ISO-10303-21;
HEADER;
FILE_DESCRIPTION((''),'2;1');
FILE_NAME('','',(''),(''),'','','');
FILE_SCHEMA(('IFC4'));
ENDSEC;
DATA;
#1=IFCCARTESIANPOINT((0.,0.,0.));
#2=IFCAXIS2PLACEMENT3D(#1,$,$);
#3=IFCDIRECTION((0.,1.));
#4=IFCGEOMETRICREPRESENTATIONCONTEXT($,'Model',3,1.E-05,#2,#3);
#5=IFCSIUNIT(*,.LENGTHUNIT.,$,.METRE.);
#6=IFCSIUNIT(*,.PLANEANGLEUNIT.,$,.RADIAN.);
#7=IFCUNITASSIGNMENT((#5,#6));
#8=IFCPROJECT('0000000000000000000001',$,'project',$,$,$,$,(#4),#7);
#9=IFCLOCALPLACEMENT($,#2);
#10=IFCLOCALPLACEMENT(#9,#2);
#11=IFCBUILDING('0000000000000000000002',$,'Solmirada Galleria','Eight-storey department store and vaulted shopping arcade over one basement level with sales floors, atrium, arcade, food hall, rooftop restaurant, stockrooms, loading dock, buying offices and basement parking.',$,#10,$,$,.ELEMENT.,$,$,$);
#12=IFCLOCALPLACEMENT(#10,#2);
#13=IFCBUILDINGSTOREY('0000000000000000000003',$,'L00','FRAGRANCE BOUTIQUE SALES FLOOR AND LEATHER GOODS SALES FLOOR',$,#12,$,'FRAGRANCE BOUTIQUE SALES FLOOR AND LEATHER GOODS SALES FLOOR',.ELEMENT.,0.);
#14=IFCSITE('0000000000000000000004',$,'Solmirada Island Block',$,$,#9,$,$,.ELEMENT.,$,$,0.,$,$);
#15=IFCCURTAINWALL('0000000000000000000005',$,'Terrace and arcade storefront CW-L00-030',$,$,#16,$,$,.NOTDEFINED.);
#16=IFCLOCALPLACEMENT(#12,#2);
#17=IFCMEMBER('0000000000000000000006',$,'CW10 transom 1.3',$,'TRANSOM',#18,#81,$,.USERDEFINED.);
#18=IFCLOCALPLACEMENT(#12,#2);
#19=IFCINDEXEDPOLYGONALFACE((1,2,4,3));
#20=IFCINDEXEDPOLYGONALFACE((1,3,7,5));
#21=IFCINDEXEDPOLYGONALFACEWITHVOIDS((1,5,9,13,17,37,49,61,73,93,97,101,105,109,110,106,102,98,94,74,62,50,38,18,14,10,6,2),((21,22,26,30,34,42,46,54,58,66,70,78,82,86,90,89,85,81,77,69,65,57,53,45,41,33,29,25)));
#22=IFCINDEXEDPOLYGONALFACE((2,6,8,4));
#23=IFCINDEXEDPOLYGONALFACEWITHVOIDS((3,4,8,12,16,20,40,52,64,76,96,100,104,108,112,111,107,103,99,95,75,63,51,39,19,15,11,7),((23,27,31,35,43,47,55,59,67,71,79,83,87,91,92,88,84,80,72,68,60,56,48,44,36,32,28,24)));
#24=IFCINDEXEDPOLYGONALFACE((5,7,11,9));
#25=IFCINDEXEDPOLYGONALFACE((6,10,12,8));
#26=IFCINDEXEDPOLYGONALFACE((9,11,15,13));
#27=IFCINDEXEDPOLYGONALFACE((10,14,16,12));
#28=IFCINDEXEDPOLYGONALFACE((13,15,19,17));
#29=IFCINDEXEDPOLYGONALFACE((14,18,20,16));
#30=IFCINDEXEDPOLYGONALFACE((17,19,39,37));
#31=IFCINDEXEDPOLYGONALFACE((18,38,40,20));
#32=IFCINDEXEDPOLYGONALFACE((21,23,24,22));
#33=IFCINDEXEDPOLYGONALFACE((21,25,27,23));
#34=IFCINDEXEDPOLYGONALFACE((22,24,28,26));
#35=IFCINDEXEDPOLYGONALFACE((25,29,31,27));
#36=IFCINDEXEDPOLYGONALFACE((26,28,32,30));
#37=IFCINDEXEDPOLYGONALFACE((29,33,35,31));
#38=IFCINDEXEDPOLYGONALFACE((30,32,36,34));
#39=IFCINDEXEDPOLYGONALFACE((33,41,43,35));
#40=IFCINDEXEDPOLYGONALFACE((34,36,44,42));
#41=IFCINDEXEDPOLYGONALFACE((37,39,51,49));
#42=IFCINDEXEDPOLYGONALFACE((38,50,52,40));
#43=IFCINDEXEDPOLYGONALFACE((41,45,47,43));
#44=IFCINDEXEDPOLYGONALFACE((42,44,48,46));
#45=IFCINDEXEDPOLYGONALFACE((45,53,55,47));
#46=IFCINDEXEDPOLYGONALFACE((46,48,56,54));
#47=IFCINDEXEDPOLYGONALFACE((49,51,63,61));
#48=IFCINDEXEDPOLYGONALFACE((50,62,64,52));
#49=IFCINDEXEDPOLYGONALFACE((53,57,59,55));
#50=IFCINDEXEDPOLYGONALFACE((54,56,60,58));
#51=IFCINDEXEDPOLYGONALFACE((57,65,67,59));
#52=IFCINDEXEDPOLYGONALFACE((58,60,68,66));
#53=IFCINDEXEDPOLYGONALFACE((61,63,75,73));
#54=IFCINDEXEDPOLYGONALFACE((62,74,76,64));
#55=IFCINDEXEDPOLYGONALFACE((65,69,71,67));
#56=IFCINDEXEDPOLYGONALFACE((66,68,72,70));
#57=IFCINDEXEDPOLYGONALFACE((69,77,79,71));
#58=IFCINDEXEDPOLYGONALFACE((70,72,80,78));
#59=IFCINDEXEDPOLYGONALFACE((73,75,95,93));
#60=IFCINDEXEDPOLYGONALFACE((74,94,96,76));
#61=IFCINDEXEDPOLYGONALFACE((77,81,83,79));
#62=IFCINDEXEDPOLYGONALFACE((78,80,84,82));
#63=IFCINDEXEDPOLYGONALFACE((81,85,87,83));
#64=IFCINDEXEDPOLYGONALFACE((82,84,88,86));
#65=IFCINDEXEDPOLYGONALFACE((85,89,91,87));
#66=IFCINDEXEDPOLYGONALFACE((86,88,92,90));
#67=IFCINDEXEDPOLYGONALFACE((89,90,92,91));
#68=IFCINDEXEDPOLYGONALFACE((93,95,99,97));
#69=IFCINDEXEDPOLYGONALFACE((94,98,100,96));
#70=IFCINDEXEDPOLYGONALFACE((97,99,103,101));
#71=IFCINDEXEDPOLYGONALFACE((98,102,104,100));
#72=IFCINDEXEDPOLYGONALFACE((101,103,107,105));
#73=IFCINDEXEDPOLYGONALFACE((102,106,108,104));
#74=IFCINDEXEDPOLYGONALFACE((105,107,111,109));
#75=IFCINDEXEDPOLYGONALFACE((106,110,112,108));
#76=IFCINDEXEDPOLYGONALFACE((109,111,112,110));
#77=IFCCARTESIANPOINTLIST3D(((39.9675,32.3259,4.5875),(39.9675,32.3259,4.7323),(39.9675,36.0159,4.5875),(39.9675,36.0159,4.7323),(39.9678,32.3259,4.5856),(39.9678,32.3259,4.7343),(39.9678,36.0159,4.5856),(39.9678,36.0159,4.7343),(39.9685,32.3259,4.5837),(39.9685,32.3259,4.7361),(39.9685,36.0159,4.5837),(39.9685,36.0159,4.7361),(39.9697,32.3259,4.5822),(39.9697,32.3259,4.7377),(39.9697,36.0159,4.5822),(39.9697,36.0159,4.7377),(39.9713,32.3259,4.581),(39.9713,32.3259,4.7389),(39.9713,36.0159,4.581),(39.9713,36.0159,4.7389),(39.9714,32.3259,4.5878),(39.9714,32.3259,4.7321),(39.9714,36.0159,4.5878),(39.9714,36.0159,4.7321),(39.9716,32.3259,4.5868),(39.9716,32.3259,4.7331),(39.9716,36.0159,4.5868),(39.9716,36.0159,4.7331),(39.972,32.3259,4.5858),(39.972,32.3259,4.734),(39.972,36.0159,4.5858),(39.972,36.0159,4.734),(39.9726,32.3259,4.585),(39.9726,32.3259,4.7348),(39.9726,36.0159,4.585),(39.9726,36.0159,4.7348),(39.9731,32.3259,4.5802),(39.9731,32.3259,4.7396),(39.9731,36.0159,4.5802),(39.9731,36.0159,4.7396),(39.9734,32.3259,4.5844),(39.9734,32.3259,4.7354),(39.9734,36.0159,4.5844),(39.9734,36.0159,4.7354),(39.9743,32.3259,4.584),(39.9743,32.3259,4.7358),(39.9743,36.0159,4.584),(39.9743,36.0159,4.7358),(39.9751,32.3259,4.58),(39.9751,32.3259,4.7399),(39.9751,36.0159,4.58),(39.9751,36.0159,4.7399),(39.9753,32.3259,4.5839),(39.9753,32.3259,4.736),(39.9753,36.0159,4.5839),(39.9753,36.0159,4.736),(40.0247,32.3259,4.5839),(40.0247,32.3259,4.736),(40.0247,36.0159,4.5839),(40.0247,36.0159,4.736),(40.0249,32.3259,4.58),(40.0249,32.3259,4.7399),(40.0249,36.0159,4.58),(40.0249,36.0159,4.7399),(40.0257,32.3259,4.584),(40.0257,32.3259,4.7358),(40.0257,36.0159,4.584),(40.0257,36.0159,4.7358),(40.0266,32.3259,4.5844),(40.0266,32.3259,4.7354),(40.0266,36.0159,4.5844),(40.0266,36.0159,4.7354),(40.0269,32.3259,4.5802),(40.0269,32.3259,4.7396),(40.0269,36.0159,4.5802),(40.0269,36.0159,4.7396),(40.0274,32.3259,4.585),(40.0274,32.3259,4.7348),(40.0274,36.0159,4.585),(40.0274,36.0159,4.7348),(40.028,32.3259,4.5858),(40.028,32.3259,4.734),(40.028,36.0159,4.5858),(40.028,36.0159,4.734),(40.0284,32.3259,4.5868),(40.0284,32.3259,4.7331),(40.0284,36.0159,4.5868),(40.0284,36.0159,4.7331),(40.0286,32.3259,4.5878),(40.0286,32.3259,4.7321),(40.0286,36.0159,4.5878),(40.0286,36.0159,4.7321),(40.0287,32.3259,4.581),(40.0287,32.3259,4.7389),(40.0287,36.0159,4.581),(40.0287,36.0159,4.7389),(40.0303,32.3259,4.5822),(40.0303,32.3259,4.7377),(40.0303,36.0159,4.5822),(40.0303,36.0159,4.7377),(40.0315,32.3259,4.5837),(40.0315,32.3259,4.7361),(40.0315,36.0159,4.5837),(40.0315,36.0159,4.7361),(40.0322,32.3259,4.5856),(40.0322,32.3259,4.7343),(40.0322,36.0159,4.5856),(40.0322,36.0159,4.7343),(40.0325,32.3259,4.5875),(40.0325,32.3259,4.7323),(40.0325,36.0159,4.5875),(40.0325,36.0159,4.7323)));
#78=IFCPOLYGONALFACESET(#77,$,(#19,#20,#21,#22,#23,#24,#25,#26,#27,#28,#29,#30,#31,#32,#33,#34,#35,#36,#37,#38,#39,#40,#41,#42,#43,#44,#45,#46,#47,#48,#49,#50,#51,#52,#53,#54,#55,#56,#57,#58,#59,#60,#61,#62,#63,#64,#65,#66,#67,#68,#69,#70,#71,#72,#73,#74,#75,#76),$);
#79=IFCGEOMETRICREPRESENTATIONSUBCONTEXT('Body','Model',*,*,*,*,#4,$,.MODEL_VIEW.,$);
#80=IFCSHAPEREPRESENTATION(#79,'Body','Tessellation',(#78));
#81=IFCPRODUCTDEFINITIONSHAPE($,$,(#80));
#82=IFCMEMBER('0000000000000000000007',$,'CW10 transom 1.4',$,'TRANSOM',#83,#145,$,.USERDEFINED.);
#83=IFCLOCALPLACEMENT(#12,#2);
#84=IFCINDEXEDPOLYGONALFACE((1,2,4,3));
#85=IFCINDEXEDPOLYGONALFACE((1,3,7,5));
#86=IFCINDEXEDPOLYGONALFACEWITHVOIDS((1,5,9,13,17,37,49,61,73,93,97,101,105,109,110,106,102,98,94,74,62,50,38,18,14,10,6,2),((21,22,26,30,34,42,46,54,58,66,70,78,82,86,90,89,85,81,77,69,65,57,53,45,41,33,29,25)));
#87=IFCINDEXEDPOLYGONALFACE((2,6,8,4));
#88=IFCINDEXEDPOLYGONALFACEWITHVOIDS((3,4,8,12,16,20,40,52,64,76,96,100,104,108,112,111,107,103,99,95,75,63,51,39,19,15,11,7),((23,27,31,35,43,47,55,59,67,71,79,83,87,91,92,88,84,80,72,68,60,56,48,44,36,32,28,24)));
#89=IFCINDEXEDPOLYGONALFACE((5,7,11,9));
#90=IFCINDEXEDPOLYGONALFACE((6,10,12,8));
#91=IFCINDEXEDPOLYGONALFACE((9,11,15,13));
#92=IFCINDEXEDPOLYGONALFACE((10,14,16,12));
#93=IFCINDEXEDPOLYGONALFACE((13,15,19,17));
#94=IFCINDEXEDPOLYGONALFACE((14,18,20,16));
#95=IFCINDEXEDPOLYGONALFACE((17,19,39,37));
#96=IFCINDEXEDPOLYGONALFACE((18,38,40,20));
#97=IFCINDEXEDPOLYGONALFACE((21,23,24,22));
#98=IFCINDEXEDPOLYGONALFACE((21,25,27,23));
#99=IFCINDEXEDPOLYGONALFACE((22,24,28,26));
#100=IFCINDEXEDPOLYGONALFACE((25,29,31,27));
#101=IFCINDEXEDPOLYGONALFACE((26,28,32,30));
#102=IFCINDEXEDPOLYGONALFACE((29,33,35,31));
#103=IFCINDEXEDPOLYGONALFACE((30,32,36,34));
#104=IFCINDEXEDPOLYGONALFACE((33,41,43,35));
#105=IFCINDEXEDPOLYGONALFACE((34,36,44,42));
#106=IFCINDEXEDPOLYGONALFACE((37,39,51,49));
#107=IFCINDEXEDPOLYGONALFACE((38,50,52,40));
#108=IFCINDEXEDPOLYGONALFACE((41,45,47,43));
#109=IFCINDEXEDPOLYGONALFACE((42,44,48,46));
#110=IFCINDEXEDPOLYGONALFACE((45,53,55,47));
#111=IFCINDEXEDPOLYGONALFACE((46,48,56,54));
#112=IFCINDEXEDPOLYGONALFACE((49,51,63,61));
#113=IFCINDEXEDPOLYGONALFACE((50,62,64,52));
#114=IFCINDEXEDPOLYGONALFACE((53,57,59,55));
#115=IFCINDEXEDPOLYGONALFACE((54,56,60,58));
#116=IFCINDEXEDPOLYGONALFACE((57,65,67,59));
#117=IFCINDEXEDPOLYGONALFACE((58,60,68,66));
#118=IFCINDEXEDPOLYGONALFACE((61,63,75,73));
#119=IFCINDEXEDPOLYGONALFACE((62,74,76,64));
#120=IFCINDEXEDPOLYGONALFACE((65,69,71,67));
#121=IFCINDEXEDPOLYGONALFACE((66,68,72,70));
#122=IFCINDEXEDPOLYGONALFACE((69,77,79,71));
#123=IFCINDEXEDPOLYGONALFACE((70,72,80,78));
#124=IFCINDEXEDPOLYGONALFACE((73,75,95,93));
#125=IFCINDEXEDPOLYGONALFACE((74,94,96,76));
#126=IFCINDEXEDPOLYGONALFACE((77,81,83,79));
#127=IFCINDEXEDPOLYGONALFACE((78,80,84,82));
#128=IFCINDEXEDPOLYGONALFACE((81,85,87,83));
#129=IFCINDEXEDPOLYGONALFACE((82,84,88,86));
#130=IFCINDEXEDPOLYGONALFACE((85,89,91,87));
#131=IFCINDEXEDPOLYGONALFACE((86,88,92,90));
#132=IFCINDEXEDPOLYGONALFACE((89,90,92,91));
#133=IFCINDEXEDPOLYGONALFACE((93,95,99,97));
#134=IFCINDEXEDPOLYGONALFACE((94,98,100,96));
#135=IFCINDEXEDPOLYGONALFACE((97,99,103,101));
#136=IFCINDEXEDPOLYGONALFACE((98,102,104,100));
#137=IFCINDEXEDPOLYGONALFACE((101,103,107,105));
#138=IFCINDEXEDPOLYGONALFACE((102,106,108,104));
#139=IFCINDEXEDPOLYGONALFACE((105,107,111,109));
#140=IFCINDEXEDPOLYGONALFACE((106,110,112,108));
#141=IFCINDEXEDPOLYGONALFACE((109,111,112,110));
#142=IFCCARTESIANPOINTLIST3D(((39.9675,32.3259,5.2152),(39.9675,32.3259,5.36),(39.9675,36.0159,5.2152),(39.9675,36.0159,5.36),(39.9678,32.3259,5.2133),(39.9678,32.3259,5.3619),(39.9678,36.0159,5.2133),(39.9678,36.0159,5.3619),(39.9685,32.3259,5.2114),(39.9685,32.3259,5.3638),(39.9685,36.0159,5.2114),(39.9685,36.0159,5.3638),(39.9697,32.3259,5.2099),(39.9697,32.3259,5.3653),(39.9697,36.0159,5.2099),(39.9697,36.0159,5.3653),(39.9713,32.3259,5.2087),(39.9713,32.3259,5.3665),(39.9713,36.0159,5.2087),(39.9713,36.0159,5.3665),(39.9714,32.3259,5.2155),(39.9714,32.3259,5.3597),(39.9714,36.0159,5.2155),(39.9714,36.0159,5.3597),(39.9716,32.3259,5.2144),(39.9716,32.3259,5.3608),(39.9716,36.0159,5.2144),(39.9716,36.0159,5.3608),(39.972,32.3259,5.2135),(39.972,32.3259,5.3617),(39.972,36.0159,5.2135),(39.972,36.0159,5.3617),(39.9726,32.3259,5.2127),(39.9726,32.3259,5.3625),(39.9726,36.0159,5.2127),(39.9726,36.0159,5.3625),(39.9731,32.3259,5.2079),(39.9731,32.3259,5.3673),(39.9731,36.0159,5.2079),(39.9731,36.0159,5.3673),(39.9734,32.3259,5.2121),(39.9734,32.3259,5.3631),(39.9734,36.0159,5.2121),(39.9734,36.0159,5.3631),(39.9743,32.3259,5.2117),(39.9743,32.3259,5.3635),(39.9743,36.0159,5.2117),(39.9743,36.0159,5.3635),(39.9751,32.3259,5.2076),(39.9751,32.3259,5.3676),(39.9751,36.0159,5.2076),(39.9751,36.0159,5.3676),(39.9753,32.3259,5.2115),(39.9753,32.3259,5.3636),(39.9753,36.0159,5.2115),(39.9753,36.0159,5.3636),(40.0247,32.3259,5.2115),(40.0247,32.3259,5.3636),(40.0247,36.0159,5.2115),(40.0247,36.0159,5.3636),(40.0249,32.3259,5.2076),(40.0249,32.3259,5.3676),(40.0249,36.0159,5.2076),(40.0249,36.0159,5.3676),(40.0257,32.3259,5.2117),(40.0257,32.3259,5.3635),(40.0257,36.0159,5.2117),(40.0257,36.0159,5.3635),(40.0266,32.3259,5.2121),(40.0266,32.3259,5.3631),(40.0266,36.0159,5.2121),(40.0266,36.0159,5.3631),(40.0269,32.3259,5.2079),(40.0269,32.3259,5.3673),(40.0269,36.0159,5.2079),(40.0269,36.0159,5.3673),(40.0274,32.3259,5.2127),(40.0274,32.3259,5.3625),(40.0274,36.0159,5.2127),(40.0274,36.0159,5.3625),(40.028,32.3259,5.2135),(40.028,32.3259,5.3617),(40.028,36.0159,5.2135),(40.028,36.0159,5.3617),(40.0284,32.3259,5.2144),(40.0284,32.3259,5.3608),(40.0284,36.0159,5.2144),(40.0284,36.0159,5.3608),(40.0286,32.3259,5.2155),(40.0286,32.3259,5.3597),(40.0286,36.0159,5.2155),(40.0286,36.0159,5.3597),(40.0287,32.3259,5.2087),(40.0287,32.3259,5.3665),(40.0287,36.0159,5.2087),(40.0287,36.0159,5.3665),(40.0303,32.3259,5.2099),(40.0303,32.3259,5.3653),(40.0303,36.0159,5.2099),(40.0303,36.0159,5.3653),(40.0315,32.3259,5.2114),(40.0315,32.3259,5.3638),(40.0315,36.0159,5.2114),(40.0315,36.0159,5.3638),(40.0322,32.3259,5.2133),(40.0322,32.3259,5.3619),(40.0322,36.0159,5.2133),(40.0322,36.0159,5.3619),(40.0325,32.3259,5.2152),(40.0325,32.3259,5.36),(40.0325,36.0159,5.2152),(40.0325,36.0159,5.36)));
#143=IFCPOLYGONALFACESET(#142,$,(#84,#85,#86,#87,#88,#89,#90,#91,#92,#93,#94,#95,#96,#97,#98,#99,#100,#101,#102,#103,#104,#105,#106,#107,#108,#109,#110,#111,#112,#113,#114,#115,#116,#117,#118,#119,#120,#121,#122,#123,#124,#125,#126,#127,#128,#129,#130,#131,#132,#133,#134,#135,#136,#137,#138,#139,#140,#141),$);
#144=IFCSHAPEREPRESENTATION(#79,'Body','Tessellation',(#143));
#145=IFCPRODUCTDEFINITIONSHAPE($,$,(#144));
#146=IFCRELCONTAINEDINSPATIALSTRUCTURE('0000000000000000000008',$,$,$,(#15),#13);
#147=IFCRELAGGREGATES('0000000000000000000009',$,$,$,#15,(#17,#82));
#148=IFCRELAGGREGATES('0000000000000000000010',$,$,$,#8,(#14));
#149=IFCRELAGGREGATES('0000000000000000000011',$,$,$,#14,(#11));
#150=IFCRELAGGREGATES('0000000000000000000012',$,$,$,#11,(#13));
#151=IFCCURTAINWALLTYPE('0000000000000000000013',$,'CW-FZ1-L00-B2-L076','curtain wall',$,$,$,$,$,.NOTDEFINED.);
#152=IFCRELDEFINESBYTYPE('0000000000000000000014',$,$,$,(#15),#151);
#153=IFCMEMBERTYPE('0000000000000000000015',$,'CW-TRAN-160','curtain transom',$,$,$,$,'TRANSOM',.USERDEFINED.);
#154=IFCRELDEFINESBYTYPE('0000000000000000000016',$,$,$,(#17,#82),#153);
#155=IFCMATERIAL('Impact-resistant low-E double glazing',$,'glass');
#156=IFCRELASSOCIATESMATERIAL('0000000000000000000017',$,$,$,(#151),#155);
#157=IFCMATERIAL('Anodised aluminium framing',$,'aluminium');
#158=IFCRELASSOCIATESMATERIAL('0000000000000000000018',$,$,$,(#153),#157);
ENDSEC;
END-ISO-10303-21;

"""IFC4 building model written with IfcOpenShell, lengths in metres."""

from ifc_helpers import new_model, si_unit, direction, frame, origin, origin_2d, place, context, subcontext, project, spatial, hollow_rectangle, extrude, material, material_profile, profile_set, type_object, element, aggregate, save


model = new_model("IFC4")

# Units and contexts
model_context = context("Model", 3, precision=1e-05, world=origin(), true_north=direction((0.0, 1.0)))
body_context = subcontext(model_context, "Body", "Model", "MODEL_VIEW")
ifc_project = project(units=[si_unit("LENGTHUNIT", "METRE"), si_unit("PLANEANGLEUNIT", "RADIAN")], contexts=[model_context])

# Site, building, storey
site_placement = place(None, origin())
site = spatial("IfcSite", under=ifc_project, at=site_placement, Name="Solmirada Island Block", CompositionType="ELEMENT", RefElevation=0.0)
building_placement = place(site_placement, origin())
building = spatial("IfcBuilding", under=site, at=building_placement, Name="Solmirada Galleria", Description="Eight-storey department store and vaulted shopping arcade over one basement level with sales floors, atrium, arcade, food hall, rooftop restaurant, stockrooms, loading dock, buying offices and basement parking.", CompositionType="ELEMENT")
storey_placement = place(building_placement, origin())
storey = spatial("IfcBuildingStorey", under=building, at=storey_placement, Name="L00", Description="FRAGRANCE BOUTIQUE SALES FLOOR AND LEATHER GOODS SALES FLOOR", LongName="FRAGRANCE BOUTIQUE SALES FLOOR AND LEATHER GOODS SALES FLOOR", CompositionType="ELEMENT", Elevation=0.0)

# Curtain wall
ifc_material_1 = material(Name="Impact-resistant low-E double glazing", Category="glass")
curtain_wall_type = type_object("IfcCurtainWallType", Name="CW-FZ1-L00-B2-L076", Description="curtain wall", PredefinedType="NOTDEFINED", material=ifc_material_1)
ifc_material_2 = material(Name="Anodised aluminium framing", Category="aluminium")
curtain_wall_1_placement = place(storey_placement, origin())
curtain_wall_1 = element("IfcCurtainWall", 1, at=curtain_wall_1_placement, inside=storey, type_object=curtain_wall_type, Name="Terrace and arcade storefront CW-L00-030", PredefinedType="NOTDEFINED")

# Members
ifc_material_profile_1 = material_profile(ifc_material_2, hollow_rectangle(XDim=0.0649, YDim=0.1599, WallThickness=0.0039, InnerFilletRadius=0.0039, OuterFilletRadius=0.0076, at=origin_2d()), Name="ALU-TRAN-160X65")
ifc_profile_set_1 = profile_set([ifc_material_profile_1], Name="Anodised aluminium framing")
member_type_1 = type_object("IfcMemberType", Name="CW-TRAN-160", Description="curtain transom", ElementType="TRANSOM", PredefinedType="USERDEFINED", material=ifc_profile_set_1)
member_1_placement = place(storey_placement, frame((40.0, 32.3259, 4.6599), z_axis=(0.0, 1.0, 0.0), x_axis=(-1.0, 0.0, 0.0)))
member_1 = element("IfcMember", 2, at=member_1_placement, type_object=member_type_1, Name="CW10 transom 1.3", ObjectType="TRANSOM", PredefinedType="USERDEFINED", context=body_context, shape_type="SweptSolid", body=[
    extrude(hollow_rectangle(XDim=0.0649, YDim=0.1599, WallThickness=0.0039, InnerFilletRadius=0.0039, OuterFilletRadius=0.0076, at=origin_2d()), origin(), (0.0, 0.0, 1.0), 3.6899),
])
member_2_placement = place(storey_placement, frame((40.0, 32.3259, 5.2876), z_axis=(0.0, 1.0, 0.0), x_axis=(-1.0, 0.0, 0.0)))
member_2 = element("IfcMember", 3, at=member_2_placement, type_object=member_type_1, Name="CW10 transom 1.4", ObjectType="TRANSOM", PredefinedType="USERDEFINED", context=body_context, shape_type="SweptSolid", body=[
    extrude(hollow_rectangle(XDim=0.0649, YDim=0.1599, WallThickness=0.0039, InnerFilletRadius=0.0039, OuterFilletRadius=0.0076, at=origin_2d()), origin(), (0.0, 0.0, 1.0), 3.6899),
])

aggregate(curtain_wall_1, [member_1, member_2])

save(model, "model.ifc")
